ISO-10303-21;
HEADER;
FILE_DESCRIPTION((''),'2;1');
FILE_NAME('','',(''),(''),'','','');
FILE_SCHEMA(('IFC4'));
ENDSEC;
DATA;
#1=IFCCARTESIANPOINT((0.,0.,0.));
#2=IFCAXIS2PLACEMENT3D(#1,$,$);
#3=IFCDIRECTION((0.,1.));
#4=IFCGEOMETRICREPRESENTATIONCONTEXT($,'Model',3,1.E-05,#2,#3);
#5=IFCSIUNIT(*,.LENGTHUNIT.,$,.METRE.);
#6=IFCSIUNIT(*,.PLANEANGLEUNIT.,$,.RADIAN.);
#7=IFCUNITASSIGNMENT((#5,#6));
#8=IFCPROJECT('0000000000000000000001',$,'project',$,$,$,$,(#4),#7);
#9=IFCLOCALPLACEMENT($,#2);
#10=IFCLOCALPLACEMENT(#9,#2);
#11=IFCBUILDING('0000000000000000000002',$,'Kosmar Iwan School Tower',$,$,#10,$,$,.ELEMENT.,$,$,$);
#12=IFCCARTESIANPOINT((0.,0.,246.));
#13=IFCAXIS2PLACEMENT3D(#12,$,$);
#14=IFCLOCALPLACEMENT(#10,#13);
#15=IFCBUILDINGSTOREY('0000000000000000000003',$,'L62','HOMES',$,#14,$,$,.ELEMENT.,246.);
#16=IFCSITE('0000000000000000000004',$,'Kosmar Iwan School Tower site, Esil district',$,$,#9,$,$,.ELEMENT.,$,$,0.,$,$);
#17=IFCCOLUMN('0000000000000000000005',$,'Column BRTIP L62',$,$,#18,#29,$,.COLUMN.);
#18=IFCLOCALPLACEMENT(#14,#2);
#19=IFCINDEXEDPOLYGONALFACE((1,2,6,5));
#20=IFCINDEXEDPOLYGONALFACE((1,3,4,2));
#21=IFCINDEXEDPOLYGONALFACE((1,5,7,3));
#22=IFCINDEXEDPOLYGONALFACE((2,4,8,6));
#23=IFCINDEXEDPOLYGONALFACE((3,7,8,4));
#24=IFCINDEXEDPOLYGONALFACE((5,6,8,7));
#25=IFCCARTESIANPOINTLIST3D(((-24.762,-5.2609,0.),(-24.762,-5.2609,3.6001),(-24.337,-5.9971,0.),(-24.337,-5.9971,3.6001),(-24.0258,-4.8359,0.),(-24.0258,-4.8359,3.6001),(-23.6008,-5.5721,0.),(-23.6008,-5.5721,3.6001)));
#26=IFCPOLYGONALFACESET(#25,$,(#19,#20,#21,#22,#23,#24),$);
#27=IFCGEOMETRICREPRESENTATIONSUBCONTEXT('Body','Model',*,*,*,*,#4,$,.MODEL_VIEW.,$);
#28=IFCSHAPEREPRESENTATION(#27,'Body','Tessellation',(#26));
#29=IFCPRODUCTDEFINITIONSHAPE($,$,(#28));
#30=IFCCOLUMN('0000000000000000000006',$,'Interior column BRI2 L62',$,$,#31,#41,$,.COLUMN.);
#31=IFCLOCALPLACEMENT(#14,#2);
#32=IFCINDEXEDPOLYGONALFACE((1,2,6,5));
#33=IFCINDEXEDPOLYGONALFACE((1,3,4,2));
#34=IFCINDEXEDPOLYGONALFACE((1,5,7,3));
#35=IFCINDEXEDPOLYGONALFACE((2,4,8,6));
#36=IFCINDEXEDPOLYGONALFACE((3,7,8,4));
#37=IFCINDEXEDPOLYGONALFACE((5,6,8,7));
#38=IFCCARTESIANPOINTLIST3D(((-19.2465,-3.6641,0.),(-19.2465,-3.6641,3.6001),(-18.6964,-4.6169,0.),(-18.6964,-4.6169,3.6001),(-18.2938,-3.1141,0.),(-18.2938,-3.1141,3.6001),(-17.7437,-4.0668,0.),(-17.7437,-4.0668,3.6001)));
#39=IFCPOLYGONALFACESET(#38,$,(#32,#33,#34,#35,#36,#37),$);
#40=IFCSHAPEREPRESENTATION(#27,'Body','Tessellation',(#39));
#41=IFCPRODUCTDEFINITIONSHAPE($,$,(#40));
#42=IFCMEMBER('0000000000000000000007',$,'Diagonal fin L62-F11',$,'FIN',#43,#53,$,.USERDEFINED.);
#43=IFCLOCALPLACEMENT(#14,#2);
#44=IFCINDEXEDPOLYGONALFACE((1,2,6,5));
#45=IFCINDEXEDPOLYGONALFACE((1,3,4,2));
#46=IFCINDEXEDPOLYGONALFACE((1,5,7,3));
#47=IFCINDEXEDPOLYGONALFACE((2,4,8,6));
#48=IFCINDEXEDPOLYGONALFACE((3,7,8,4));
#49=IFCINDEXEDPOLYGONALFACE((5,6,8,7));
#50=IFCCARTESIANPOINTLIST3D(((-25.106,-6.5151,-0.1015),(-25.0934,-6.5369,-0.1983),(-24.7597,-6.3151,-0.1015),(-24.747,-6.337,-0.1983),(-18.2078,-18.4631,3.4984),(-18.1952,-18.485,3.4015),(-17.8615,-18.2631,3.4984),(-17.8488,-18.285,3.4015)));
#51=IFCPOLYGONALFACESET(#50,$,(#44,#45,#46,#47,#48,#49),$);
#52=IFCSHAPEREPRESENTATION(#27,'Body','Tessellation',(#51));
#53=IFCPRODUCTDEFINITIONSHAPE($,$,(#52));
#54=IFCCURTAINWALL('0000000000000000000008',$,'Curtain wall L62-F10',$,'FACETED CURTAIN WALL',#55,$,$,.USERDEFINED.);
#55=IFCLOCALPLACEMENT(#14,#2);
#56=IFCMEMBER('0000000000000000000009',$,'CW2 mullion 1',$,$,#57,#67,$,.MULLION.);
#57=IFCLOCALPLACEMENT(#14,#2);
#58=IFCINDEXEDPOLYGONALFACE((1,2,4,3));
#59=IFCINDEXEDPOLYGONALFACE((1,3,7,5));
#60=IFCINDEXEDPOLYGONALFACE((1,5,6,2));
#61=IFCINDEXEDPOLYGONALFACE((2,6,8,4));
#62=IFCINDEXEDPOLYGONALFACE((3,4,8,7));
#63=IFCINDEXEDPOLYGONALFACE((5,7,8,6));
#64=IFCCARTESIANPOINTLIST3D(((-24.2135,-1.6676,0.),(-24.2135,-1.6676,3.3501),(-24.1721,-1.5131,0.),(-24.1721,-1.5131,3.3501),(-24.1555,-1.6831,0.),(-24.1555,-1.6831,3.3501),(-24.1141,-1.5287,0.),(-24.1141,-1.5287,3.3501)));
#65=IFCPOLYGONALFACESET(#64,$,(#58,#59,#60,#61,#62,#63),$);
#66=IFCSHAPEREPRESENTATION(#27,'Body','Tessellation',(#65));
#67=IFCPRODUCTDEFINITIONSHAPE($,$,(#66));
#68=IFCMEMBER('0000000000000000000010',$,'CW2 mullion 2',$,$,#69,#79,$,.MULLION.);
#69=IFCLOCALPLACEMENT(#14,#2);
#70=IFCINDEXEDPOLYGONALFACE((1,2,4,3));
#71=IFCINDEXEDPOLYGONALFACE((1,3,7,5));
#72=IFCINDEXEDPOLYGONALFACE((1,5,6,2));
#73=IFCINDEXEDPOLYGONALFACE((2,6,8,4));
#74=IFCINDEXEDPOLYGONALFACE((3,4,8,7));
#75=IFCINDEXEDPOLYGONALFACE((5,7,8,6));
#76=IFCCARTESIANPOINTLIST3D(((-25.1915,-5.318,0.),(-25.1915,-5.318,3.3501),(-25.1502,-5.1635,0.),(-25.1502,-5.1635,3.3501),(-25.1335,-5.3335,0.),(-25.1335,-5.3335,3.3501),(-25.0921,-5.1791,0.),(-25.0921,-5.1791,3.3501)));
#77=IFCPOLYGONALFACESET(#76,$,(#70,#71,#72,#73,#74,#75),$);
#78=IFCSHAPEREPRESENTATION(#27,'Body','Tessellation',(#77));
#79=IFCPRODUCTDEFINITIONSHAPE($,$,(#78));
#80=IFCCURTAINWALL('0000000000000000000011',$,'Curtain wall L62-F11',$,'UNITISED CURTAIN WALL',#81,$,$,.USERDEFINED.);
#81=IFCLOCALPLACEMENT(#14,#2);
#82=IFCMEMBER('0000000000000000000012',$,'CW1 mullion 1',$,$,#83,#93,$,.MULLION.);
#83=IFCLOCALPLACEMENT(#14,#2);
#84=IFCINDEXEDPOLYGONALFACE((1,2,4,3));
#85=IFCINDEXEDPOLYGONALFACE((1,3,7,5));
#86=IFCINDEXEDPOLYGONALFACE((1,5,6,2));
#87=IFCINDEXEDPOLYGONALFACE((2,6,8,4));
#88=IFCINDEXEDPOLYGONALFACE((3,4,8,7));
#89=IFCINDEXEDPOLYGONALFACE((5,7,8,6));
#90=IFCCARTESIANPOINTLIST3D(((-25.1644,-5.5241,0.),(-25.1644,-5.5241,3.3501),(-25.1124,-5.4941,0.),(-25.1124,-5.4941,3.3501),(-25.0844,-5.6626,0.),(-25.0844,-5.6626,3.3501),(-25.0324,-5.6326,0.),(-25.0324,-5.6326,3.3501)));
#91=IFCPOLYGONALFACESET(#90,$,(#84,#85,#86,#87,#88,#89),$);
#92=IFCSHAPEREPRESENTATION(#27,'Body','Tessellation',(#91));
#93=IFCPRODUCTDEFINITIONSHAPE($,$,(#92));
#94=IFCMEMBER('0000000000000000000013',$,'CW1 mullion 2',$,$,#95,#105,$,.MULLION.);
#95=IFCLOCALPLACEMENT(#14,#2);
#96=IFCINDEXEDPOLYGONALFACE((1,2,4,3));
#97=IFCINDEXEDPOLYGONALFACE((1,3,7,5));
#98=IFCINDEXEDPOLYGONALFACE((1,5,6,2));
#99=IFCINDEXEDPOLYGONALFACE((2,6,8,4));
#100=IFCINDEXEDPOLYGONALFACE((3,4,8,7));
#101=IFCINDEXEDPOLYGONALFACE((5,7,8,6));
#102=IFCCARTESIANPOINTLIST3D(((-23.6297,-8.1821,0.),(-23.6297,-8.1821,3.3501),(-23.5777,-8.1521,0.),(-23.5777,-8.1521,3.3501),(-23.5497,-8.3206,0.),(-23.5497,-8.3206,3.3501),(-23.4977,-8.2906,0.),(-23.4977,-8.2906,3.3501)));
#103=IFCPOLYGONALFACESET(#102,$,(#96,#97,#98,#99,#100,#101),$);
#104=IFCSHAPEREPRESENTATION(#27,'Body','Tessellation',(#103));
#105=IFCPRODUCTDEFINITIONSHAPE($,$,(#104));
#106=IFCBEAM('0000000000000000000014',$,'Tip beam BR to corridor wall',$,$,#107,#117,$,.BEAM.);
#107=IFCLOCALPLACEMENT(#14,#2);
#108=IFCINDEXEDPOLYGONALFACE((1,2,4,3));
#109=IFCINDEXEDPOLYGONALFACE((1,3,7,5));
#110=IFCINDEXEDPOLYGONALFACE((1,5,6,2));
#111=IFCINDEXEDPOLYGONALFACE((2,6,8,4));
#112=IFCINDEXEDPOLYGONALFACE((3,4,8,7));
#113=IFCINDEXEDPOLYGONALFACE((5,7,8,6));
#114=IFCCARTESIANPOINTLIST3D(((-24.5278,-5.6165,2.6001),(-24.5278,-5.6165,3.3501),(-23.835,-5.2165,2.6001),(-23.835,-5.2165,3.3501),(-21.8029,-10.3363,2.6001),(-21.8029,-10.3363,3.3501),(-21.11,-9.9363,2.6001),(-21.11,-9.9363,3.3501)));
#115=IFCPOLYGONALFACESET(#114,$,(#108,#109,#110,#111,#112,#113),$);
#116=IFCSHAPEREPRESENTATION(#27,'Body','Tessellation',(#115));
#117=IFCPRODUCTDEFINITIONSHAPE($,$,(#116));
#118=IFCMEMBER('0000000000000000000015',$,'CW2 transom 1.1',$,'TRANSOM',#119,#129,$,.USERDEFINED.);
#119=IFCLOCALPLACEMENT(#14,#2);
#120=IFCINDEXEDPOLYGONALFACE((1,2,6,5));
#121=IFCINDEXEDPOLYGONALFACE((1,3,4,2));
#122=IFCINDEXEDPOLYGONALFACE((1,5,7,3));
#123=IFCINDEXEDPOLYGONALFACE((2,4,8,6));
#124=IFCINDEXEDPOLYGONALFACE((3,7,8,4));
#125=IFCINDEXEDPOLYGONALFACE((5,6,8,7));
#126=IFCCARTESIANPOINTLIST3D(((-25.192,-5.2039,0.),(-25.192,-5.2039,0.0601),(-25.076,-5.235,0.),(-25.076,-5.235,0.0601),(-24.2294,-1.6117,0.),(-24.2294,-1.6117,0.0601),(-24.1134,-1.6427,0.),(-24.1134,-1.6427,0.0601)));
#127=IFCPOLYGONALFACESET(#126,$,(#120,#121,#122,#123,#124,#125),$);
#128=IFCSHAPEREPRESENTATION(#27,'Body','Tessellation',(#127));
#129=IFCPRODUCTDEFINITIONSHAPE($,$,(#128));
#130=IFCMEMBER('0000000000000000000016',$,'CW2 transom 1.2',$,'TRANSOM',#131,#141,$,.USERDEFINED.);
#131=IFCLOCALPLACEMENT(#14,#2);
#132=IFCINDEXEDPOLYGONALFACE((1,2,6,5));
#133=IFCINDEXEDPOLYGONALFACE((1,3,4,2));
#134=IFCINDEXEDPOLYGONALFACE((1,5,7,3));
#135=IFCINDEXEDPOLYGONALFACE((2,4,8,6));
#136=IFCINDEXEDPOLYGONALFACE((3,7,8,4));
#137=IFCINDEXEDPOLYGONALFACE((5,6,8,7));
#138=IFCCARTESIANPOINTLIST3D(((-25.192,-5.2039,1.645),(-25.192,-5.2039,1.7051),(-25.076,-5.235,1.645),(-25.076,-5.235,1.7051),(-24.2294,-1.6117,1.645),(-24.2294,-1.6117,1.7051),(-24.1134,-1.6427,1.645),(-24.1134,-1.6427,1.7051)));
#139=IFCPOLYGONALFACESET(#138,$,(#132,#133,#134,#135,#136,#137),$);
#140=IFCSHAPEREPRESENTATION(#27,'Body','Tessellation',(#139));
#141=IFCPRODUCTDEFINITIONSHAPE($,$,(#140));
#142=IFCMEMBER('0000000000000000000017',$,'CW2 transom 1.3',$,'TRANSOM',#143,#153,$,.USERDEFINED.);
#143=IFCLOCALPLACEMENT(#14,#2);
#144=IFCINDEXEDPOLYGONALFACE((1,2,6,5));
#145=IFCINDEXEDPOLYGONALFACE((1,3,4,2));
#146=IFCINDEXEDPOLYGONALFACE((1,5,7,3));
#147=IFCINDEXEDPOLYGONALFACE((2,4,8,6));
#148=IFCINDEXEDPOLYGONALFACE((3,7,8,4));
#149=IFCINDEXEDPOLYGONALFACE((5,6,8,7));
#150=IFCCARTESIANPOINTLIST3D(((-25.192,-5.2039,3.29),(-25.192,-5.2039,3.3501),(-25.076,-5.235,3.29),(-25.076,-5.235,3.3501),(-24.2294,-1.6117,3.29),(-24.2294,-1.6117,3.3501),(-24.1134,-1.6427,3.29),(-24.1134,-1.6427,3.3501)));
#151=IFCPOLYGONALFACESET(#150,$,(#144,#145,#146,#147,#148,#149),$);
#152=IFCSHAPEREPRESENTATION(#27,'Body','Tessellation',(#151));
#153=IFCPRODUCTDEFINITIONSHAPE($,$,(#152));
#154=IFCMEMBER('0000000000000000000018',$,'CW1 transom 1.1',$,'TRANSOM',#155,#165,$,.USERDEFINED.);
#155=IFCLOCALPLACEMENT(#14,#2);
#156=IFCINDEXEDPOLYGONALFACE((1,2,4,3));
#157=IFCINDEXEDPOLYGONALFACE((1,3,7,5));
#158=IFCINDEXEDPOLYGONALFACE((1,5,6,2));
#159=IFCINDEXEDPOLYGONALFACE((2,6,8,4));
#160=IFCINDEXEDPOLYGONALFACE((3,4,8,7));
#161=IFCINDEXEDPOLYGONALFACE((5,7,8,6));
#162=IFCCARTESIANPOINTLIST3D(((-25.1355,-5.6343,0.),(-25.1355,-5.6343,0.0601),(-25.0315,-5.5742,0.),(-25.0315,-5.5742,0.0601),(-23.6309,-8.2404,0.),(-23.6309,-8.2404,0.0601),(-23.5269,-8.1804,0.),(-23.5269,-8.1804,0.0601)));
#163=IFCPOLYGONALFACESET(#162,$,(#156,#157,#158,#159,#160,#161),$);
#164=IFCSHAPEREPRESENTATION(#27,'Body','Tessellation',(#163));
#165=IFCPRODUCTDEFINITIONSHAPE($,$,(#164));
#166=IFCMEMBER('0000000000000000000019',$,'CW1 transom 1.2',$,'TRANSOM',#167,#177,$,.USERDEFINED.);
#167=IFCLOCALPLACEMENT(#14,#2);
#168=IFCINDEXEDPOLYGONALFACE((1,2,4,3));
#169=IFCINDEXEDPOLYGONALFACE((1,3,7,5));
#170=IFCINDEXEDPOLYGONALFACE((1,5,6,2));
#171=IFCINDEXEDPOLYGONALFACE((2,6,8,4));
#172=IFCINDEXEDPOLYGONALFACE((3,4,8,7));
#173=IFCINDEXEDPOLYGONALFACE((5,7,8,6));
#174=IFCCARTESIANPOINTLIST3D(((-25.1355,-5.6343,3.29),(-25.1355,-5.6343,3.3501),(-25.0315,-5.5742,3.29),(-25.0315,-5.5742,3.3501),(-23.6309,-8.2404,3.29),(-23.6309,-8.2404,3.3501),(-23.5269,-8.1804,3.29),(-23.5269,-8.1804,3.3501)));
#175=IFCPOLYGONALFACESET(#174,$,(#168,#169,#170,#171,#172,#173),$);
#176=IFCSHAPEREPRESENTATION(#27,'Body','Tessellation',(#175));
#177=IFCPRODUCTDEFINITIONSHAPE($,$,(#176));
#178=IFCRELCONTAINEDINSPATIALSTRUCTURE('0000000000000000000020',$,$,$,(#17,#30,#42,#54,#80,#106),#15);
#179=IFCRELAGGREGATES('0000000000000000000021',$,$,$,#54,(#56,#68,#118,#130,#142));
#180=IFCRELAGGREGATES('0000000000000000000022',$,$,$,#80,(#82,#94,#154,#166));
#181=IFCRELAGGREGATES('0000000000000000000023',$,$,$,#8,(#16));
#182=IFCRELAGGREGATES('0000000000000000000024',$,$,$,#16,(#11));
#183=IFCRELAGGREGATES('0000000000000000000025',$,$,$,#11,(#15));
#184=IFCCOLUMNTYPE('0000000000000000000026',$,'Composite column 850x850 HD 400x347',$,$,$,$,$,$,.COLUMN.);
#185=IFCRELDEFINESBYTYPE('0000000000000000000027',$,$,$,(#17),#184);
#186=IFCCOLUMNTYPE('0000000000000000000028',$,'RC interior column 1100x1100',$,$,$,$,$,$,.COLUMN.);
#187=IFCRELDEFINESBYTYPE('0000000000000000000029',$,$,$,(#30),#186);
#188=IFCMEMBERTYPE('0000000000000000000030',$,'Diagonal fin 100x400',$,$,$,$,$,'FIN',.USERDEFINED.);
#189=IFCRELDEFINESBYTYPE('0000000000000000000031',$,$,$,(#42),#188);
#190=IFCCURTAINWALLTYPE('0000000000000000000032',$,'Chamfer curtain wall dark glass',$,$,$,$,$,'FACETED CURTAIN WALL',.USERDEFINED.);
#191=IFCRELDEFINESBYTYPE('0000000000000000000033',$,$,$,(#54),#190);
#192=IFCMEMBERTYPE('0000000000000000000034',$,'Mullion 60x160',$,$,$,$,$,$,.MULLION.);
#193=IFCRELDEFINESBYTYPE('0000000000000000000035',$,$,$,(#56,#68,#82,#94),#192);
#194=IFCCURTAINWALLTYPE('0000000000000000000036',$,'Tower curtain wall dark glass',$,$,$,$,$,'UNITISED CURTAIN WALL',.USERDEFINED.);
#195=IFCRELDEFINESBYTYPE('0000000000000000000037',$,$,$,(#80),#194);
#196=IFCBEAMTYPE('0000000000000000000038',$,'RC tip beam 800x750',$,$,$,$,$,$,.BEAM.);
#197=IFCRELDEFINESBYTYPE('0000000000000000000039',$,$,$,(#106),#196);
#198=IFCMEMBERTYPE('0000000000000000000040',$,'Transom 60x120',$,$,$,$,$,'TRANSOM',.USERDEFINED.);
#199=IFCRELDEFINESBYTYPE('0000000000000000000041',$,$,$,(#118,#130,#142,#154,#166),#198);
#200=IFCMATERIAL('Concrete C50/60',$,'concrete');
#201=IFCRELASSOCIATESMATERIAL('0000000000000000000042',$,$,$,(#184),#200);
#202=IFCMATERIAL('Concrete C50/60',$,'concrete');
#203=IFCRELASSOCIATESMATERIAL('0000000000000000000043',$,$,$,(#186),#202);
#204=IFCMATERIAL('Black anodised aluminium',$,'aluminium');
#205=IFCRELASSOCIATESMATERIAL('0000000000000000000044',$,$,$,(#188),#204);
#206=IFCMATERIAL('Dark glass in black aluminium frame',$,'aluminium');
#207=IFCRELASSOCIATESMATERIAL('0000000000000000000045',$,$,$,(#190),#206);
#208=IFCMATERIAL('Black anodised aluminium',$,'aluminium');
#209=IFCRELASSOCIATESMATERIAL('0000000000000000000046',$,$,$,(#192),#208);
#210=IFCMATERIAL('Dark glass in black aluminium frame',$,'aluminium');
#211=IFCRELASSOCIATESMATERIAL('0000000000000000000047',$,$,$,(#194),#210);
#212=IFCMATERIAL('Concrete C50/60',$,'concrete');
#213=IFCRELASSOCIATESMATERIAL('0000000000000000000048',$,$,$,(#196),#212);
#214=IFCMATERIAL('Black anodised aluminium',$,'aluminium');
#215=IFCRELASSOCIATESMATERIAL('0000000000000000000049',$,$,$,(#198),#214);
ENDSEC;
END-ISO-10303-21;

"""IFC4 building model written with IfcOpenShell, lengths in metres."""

from ifc_helpers import new_model, si_unit, direction, frame, origin, origin_2d, place, context, subcontext, project, spatial, rectangle, extrude, material, material_profile, profile_set, type_object, element, aggregate, save


model = new_model("IFC4")

# Units and contexts
model_context = context("Model", 3, precision=1e-05, world=origin(), true_north=direction((0.0, 1.0)))
body_context = subcontext(model_context, "Body", "Model", "MODEL_VIEW")
ifc_project = project(units=[si_unit("LENGTHUNIT", "METRE"), si_unit("PLANEANGLEUNIT", "RADIAN")], contexts=[model_context])

# Site, building, storey
site_placement = place(None, origin())
site = spatial("IfcSite", under=ifc_project, at=site_placement, Name="Kosmar Iwan School Tower site, Esil district", CompositionType="ELEMENT", RefElevation=0.0)
building_placement = place(site_placement, origin())
building = spatial("IfcBuilding", under=site, at=building_placement, Name="Kosmar Iwan School Tower", CompositionType="ELEMENT")
storey_placement = place(building_placement, frame((0.0, 0.0, 246.0)))
storey = spatial("IfcBuildingStorey", under=building, at=storey_placement, Name="L62", Description="HOMES", CompositionType="ELEMENT", Elevation=246.0)

# Columns
ifc_material_1 = material(Name="Concrete C50/60", Category="concrete")
ifc_material_profile_1 = material_profile(ifc_material_1, rectangle(XDim=0.8501, YDim=0.8501, at=origin_2d()), Name="RC 850x850 + HD 400x347")
ifc_profile_set_1 = profile_set([ifc_material_profile_1], Name="Concrete C50/60")
column_type_1 = type_object("IfcColumnType", Name="Composite column 850x850 HD 400x347", PredefinedType="COLUMN", material=ifc_profile_set_1)
column_1_placement = place(storey_placement, frame((-24.1814, -5.4165, 0.0), z_axis=(0.0, 0.0, 1.0), x_axis=(-0.866025, -0.5, 0.0)))
element("IfcColumn", 1, at=column_1_placement, inside=storey, type_object=column_type_1, Name="Column BRTIP L62", PredefinedType="COLUMN", context=body_context, shape_type="SweptSolid", body=[
    extrude(rectangle(XDim=0.8501, YDim=0.8501, at=origin_2d()), origin(), (0.0, 0.0, 1.0), 3.6001),
])
ifc_material_2 = material(Name="Concrete C50/60", Category="concrete")
ifc_material_profile_2 = material_profile(ifc_material_2, rectangle(XDim=1.1001, YDim=1.1001, at=origin_2d()), Name="RC 1100x1100")
ifc_profile_set_2 = profile_set([ifc_material_profile_2], Name="Concrete C50/60")
column_type_2 = type_object("IfcColumnType", Name="RC interior column 1100x1100", PredefinedType="COLUMN", material=ifc_profile_set_2)
column_2_placement = place(storey_placement, frame((-18.4951, -3.8655, 0.0), z_axis=(0.0, 0.0, 1.0), x_axis=(-0.866025, -0.5, 0.0)))
element("IfcColumn", 2, at=column_2_placement, inside=storey, type_object=column_type_2, Name="Interior column BRI2 L62", PredefinedType="COLUMN", context=body_context, shape_type="SweptSolid", body=[
    extrude(rectangle(XDim=1.1001, YDim=1.1001, at=origin_2d()), origin(), (0.0, 0.0, 1.0), 3.6001),
])

# Member
ifc_material_3 = material(Name="Black anodised aluminium", Category="aluminium")
ifc_material_profile_3 = material_profile(ifc_material_3, rectangle(XDim=0.1001, YDim=0.3999, at=origin_2d()), Name="FIN 100x400")
ifc_profile_set_3 = profile_set([ifc_material_profile_3], Name="Black anodised aluminium")
member_type_1 = type_object("IfcMemberType", Name="Diagonal fin 100x400", ElementType="FIN", PredefinedType="USERDEFINED", material=ifc_profile_set_3)
member_1_placement = place(storey_placement, frame((-24.9265, -6.426, -0.1499), z_axis=(0.483802, -0.837969, 0.252475), x_axis=(-0.126237, 0.218649, 0.967604)))
element("IfcMember", 3, at=member_1_placement, inside=storey, type_object=member_type_1, Name="Diagonal fin L62-F11", ObjectType="FIN", PredefinedType="USERDEFINED", context=body_context, shape_type="SweptSolid", body=[
    extrude(rectangle(XDim=0.1001, YDim=0.3999, at=origin_2d()), origin(), (0.0, 0.0, 1.0), 14.2583),
])

# Curtain walls, members
ifc_material_4 = material(Name="Dark glass in black aluminium frame", Category="aluminium")
curtain_wall_type_1 = type_object("IfcCurtainWallType", Name="Chamfer curtain wall dark glass", ElementType="FACETED CURTAIN WALL", PredefinedType="USERDEFINED", material=ifc_material_4)
curtain_wall_1_placement = place(storey_placement, origin())
curtain_wall_1 = element("IfcCurtainWall", 4, at=curtain_wall_1_placement, inside=storey, type_object=curtain_wall_type_1, Name="Curtain wall L62-F10", ObjectType="FACETED CURTAIN WALL", PredefinedType="USERDEFINED")
ifc_material_5 = material(Name="Black anodised aluminium", Category="aluminium")
ifc_material_profile_4 = material_profile(ifc_material_5, rectangle(XDim=0.0601, YDim=0.1599, at=origin_2d()), Name="MULLION 60x160")
ifc_profile_set_4 = profile_set([ifc_material_profile_4], Name="Black anodised aluminium")
member_type_2 = type_object("IfcMemberType", Name="Mullion 60x160", PredefinedType="MULLION", material=ifc_profile_set_4)
member_2_placement = place(storey_placement, frame((-24.1638, -1.5981, 0.0), z_axis=(0.0, 0.0, 1.0), x_axis=(0.965926, -0.258819, 0.0)))
member_2 = element("IfcMember", 5, at=member_2_placement, type_object=member_type_2, Name="CW2 mullion 1", PredefinedType="MULLION", context=body_context, shape_type="SweptSolid", body=[
    extrude(rectangle(XDim=0.0601, YDim=0.1599, at=origin_2d()), origin(), (0.0, 0.0, 1.0), 3.3501),
])
member_3_placement = place(storey_placement, frame((-25.1418, -5.2485, 0.0), z_axis=(0.0, 0.0, 1.0), x_axis=(0.965926, -0.258819, 0.0)))
member_3 = element("IfcMember", 6, at=member_3_placement, type_object=member_type_2, Name="CW2 mullion 2", PredefinedType="MULLION", context=body_context, shape_type="SweptSolid", body=[
    extrude(rectangle(XDim=0.0601, YDim=0.1599, at=origin_2d()), origin(), (0.0, 0.0, 1.0), 3.3501),
])
ifc_material_6 = material(Name="Dark glass in black aluminium frame", Category="aluminium")
curtain_wall_type_2 = type_object("IfcCurtainWallType", Name="Tower curtain wall dark glass", ElementType="UNITISED CURTAIN WALL", PredefinedType="USERDEFINED", material=ifc_material_6)
curtain_wall_2_placement = place(storey_placement, origin())
curtain_wall_2 = element("IfcCurtainWall", 7, at=curtain_wall_2_placement, inside=storey, type_object=curtain_wall_type_2, Name="Curtain wall L62-F11", ObjectType="UNITISED CURTAIN WALL", PredefinedType="USERDEFINED")
member_4_placement = place(storey_placement, frame((-25.0984, -5.5784, 0.0), z_axis=(0.0, 0.0, 1.0), x_axis=(0.866025, 0.5, 0.0)))
member_4 = element("IfcMember", 8, at=member_4_placement, type_object=member_type_2, Name="CW1 mullion 1", PredefinedType="MULLION", context=body_context, shape_type="SweptSolid", body=[
    extrude(rectangle(XDim=0.0601, YDim=0.1599, at=origin_2d()), origin(), (0.0, 0.0, 1.0), 3.3501),
])
member_5_placement = place(storey_placement, frame((-23.5637, -8.2363, 0.0), z_axis=(0.0, 0.0, 1.0), x_axis=(0.866025, 0.5, 0.0)))
member_5 = element("IfcMember", 9, at=member_5_placement, type_object=member_type_2, Name="CW1 mullion 2", PredefinedType="MULLION", context=body_context, shape_type="SweptSolid", body=[
    extrude(rectangle(XDim=0.0601, YDim=0.1599, at=origin_2d()), origin(), (0.0, 0.0, 1.0), 3.3501),
])

# Beam
ifc_material_7 = material(Name="Concrete C50/60", Category="concrete")
ifc_material_profile_5 = material_profile(ifc_material_7, rectangle(XDim=0.8, YDim=0.75, at=origin_2d()), Name="RC 800x750")
ifc_profile_set_5 = profile_set([ifc_material_profile_5], Name="Concrete C50/60")
beam_type = type_object("IfcBeamType", Name="RC tip beam 800x750", PredefinedType="BEAM", material=ifc_profile_set_5)
beam_placement = place(storey_placement, frame((-24.1814, -5.4165, 2.9751), z_axis=(0.499989, -0.866032, 0.0), x_axis=(0.866032, 0.499989, 0.0)))
element("IfcBeam", 10, at=beam_placement, inside=storey, type_object=beam_type, Name="Tip beam BR to corridor wall", PredefinedType="BEAM", context=body_context, shape_type="SweptSolid", body=[
    extrude(rectangle(XDim=0.8, YDim=0.75, at=origin_2d()), origin(), (0.0, 0.0, 1.0), 5.45),
])

# Members
ifc_material_8 = material(Name="Black anodised aluminium", Category="aluminium")
ifc_material_profile_6 = material_profile(ifc_material_8, rectangle(XDim=0.1201, YDim=0.0601, at=origin_2d()), Name="TRANSOM 60x120")
ifc_profile_set_6 = profile_set([ifc_material_profile_6], Name="Black anodised aluminium")
member_type_3 = type_object("IfcMemberType", Name="Transom 60x120", ElementType="TRANSOM", PredefinedType="USERDEFINED", material=ifc_profile_set_6)
member_6_placement = place(storey_placement, frame((-24.1714, -1.6272, 0.03), z_axis=(-0.258843, -0.965919, 0.0), x_axis=(0.965919, -0.258843, 0.0)))
member_6 = element("IfcMember", 11, at=member_6_placement, type_object=member_type_3, Name="CW2 transom 1.1", ObjectType="TRANSOM", PredefinedType="USERDEFINED", context=body_context, shape_type="SweptSolid", body=[
    extrude(rectangle(XDim=0.1201, YDim=0.0601, at=origin_2d()), origin(), (0.0, 0.0, 1.0), 3.719),
])
member_7_placement = place(storey_placement, frame((-24.1714, -1.6272, 1.675), z_axis=(-0.258843, -0.965919, 0.0), x_axis=(0.965919, -0.258843, 0.0)))
member_7 = element("IfcMember", 12, at=member_7_placement, type_object=member_type_3, Name="CW2 transom 1.2", ObjectType="TRANSOM", PredefinedType="USERDEFINED", context=body_context, shape_type="SweptSolid", body=[
    extrude(rectangle(XDim=0.1201, YDim=0.0601, at=origin_2d()), origin(), (0.0, 0.0, 1.0), 3.719),
])
member_8_placement = place(storey_placement, frame((-24.1714, -1.6272, 3.3201), z_axis=(-0.258843, -0.965919, 0.0), x_axis=(0.965919, -0.258843, 0.0)))
member_8 = element("IfcMember", 13, at=member_8_placement, type_object=member_type_3, Name="CW2 transom 1.3", ObjectType="TRANSOM", PredefinedType="USERDEFINED", context=body_context, shape_type="SweptSolid", body=[
    extrude(rectangle(XDim=0.1201, YDim=0.0601, at=origin_2d()), origin(), (0.0, 0.0, 1.0), 3.719),
])
member_9_placement = place(storey_placement, frame((-25.0835, -5.6042, 0.03), z_axis=(0.499987, -0.866033, 0.0), x_axis=(0.866033, 0.499987, 0.0)))
member_9 = element("IfcMember", 14, at=member_9_placement, type_object=member_type_3, Name="CW1 transom 1.1", ObjectType="TRANSOM", PredefinedType="USERDEFINED", context=body_context, shape_type="SweptSolid", body=[
    extrude(rectangle(XDim=0.1201, YDim=0.0601, at=origin_2d()), origin(), (0.0, 0.0, 1.0), 3.0093),
])
member_10_placement = place(storey_placement, frame((-25.0835, -5.6042, 3.3201), z_axis=(0.499987, -0.866033, 0.0), x_axis=(0.866033, 0.499987, 0.0)))
member_10 = element("IfcMember", 15, at=member_10_placement, type_object=member_type_3, Name="CW1 transom 1.2", ObjectType="TRANSOM", PredefinedType="USERDEFINED", context=body_context, shape_type="SweptSolid", body=[
    extrude(rectangle(XDim=0.1201, YDim=0.0601, at=origin_2d()), origin(), (0.0, 0.0, 1.0), 3.0093),
])

aggregate(curtain_wall_1, [member_2, member_3, member_6, member_7, member_8])
aggregate(curtain_wall_2, [member_4, member_5, member_9, member_10])

save(model, "model.ifc")
